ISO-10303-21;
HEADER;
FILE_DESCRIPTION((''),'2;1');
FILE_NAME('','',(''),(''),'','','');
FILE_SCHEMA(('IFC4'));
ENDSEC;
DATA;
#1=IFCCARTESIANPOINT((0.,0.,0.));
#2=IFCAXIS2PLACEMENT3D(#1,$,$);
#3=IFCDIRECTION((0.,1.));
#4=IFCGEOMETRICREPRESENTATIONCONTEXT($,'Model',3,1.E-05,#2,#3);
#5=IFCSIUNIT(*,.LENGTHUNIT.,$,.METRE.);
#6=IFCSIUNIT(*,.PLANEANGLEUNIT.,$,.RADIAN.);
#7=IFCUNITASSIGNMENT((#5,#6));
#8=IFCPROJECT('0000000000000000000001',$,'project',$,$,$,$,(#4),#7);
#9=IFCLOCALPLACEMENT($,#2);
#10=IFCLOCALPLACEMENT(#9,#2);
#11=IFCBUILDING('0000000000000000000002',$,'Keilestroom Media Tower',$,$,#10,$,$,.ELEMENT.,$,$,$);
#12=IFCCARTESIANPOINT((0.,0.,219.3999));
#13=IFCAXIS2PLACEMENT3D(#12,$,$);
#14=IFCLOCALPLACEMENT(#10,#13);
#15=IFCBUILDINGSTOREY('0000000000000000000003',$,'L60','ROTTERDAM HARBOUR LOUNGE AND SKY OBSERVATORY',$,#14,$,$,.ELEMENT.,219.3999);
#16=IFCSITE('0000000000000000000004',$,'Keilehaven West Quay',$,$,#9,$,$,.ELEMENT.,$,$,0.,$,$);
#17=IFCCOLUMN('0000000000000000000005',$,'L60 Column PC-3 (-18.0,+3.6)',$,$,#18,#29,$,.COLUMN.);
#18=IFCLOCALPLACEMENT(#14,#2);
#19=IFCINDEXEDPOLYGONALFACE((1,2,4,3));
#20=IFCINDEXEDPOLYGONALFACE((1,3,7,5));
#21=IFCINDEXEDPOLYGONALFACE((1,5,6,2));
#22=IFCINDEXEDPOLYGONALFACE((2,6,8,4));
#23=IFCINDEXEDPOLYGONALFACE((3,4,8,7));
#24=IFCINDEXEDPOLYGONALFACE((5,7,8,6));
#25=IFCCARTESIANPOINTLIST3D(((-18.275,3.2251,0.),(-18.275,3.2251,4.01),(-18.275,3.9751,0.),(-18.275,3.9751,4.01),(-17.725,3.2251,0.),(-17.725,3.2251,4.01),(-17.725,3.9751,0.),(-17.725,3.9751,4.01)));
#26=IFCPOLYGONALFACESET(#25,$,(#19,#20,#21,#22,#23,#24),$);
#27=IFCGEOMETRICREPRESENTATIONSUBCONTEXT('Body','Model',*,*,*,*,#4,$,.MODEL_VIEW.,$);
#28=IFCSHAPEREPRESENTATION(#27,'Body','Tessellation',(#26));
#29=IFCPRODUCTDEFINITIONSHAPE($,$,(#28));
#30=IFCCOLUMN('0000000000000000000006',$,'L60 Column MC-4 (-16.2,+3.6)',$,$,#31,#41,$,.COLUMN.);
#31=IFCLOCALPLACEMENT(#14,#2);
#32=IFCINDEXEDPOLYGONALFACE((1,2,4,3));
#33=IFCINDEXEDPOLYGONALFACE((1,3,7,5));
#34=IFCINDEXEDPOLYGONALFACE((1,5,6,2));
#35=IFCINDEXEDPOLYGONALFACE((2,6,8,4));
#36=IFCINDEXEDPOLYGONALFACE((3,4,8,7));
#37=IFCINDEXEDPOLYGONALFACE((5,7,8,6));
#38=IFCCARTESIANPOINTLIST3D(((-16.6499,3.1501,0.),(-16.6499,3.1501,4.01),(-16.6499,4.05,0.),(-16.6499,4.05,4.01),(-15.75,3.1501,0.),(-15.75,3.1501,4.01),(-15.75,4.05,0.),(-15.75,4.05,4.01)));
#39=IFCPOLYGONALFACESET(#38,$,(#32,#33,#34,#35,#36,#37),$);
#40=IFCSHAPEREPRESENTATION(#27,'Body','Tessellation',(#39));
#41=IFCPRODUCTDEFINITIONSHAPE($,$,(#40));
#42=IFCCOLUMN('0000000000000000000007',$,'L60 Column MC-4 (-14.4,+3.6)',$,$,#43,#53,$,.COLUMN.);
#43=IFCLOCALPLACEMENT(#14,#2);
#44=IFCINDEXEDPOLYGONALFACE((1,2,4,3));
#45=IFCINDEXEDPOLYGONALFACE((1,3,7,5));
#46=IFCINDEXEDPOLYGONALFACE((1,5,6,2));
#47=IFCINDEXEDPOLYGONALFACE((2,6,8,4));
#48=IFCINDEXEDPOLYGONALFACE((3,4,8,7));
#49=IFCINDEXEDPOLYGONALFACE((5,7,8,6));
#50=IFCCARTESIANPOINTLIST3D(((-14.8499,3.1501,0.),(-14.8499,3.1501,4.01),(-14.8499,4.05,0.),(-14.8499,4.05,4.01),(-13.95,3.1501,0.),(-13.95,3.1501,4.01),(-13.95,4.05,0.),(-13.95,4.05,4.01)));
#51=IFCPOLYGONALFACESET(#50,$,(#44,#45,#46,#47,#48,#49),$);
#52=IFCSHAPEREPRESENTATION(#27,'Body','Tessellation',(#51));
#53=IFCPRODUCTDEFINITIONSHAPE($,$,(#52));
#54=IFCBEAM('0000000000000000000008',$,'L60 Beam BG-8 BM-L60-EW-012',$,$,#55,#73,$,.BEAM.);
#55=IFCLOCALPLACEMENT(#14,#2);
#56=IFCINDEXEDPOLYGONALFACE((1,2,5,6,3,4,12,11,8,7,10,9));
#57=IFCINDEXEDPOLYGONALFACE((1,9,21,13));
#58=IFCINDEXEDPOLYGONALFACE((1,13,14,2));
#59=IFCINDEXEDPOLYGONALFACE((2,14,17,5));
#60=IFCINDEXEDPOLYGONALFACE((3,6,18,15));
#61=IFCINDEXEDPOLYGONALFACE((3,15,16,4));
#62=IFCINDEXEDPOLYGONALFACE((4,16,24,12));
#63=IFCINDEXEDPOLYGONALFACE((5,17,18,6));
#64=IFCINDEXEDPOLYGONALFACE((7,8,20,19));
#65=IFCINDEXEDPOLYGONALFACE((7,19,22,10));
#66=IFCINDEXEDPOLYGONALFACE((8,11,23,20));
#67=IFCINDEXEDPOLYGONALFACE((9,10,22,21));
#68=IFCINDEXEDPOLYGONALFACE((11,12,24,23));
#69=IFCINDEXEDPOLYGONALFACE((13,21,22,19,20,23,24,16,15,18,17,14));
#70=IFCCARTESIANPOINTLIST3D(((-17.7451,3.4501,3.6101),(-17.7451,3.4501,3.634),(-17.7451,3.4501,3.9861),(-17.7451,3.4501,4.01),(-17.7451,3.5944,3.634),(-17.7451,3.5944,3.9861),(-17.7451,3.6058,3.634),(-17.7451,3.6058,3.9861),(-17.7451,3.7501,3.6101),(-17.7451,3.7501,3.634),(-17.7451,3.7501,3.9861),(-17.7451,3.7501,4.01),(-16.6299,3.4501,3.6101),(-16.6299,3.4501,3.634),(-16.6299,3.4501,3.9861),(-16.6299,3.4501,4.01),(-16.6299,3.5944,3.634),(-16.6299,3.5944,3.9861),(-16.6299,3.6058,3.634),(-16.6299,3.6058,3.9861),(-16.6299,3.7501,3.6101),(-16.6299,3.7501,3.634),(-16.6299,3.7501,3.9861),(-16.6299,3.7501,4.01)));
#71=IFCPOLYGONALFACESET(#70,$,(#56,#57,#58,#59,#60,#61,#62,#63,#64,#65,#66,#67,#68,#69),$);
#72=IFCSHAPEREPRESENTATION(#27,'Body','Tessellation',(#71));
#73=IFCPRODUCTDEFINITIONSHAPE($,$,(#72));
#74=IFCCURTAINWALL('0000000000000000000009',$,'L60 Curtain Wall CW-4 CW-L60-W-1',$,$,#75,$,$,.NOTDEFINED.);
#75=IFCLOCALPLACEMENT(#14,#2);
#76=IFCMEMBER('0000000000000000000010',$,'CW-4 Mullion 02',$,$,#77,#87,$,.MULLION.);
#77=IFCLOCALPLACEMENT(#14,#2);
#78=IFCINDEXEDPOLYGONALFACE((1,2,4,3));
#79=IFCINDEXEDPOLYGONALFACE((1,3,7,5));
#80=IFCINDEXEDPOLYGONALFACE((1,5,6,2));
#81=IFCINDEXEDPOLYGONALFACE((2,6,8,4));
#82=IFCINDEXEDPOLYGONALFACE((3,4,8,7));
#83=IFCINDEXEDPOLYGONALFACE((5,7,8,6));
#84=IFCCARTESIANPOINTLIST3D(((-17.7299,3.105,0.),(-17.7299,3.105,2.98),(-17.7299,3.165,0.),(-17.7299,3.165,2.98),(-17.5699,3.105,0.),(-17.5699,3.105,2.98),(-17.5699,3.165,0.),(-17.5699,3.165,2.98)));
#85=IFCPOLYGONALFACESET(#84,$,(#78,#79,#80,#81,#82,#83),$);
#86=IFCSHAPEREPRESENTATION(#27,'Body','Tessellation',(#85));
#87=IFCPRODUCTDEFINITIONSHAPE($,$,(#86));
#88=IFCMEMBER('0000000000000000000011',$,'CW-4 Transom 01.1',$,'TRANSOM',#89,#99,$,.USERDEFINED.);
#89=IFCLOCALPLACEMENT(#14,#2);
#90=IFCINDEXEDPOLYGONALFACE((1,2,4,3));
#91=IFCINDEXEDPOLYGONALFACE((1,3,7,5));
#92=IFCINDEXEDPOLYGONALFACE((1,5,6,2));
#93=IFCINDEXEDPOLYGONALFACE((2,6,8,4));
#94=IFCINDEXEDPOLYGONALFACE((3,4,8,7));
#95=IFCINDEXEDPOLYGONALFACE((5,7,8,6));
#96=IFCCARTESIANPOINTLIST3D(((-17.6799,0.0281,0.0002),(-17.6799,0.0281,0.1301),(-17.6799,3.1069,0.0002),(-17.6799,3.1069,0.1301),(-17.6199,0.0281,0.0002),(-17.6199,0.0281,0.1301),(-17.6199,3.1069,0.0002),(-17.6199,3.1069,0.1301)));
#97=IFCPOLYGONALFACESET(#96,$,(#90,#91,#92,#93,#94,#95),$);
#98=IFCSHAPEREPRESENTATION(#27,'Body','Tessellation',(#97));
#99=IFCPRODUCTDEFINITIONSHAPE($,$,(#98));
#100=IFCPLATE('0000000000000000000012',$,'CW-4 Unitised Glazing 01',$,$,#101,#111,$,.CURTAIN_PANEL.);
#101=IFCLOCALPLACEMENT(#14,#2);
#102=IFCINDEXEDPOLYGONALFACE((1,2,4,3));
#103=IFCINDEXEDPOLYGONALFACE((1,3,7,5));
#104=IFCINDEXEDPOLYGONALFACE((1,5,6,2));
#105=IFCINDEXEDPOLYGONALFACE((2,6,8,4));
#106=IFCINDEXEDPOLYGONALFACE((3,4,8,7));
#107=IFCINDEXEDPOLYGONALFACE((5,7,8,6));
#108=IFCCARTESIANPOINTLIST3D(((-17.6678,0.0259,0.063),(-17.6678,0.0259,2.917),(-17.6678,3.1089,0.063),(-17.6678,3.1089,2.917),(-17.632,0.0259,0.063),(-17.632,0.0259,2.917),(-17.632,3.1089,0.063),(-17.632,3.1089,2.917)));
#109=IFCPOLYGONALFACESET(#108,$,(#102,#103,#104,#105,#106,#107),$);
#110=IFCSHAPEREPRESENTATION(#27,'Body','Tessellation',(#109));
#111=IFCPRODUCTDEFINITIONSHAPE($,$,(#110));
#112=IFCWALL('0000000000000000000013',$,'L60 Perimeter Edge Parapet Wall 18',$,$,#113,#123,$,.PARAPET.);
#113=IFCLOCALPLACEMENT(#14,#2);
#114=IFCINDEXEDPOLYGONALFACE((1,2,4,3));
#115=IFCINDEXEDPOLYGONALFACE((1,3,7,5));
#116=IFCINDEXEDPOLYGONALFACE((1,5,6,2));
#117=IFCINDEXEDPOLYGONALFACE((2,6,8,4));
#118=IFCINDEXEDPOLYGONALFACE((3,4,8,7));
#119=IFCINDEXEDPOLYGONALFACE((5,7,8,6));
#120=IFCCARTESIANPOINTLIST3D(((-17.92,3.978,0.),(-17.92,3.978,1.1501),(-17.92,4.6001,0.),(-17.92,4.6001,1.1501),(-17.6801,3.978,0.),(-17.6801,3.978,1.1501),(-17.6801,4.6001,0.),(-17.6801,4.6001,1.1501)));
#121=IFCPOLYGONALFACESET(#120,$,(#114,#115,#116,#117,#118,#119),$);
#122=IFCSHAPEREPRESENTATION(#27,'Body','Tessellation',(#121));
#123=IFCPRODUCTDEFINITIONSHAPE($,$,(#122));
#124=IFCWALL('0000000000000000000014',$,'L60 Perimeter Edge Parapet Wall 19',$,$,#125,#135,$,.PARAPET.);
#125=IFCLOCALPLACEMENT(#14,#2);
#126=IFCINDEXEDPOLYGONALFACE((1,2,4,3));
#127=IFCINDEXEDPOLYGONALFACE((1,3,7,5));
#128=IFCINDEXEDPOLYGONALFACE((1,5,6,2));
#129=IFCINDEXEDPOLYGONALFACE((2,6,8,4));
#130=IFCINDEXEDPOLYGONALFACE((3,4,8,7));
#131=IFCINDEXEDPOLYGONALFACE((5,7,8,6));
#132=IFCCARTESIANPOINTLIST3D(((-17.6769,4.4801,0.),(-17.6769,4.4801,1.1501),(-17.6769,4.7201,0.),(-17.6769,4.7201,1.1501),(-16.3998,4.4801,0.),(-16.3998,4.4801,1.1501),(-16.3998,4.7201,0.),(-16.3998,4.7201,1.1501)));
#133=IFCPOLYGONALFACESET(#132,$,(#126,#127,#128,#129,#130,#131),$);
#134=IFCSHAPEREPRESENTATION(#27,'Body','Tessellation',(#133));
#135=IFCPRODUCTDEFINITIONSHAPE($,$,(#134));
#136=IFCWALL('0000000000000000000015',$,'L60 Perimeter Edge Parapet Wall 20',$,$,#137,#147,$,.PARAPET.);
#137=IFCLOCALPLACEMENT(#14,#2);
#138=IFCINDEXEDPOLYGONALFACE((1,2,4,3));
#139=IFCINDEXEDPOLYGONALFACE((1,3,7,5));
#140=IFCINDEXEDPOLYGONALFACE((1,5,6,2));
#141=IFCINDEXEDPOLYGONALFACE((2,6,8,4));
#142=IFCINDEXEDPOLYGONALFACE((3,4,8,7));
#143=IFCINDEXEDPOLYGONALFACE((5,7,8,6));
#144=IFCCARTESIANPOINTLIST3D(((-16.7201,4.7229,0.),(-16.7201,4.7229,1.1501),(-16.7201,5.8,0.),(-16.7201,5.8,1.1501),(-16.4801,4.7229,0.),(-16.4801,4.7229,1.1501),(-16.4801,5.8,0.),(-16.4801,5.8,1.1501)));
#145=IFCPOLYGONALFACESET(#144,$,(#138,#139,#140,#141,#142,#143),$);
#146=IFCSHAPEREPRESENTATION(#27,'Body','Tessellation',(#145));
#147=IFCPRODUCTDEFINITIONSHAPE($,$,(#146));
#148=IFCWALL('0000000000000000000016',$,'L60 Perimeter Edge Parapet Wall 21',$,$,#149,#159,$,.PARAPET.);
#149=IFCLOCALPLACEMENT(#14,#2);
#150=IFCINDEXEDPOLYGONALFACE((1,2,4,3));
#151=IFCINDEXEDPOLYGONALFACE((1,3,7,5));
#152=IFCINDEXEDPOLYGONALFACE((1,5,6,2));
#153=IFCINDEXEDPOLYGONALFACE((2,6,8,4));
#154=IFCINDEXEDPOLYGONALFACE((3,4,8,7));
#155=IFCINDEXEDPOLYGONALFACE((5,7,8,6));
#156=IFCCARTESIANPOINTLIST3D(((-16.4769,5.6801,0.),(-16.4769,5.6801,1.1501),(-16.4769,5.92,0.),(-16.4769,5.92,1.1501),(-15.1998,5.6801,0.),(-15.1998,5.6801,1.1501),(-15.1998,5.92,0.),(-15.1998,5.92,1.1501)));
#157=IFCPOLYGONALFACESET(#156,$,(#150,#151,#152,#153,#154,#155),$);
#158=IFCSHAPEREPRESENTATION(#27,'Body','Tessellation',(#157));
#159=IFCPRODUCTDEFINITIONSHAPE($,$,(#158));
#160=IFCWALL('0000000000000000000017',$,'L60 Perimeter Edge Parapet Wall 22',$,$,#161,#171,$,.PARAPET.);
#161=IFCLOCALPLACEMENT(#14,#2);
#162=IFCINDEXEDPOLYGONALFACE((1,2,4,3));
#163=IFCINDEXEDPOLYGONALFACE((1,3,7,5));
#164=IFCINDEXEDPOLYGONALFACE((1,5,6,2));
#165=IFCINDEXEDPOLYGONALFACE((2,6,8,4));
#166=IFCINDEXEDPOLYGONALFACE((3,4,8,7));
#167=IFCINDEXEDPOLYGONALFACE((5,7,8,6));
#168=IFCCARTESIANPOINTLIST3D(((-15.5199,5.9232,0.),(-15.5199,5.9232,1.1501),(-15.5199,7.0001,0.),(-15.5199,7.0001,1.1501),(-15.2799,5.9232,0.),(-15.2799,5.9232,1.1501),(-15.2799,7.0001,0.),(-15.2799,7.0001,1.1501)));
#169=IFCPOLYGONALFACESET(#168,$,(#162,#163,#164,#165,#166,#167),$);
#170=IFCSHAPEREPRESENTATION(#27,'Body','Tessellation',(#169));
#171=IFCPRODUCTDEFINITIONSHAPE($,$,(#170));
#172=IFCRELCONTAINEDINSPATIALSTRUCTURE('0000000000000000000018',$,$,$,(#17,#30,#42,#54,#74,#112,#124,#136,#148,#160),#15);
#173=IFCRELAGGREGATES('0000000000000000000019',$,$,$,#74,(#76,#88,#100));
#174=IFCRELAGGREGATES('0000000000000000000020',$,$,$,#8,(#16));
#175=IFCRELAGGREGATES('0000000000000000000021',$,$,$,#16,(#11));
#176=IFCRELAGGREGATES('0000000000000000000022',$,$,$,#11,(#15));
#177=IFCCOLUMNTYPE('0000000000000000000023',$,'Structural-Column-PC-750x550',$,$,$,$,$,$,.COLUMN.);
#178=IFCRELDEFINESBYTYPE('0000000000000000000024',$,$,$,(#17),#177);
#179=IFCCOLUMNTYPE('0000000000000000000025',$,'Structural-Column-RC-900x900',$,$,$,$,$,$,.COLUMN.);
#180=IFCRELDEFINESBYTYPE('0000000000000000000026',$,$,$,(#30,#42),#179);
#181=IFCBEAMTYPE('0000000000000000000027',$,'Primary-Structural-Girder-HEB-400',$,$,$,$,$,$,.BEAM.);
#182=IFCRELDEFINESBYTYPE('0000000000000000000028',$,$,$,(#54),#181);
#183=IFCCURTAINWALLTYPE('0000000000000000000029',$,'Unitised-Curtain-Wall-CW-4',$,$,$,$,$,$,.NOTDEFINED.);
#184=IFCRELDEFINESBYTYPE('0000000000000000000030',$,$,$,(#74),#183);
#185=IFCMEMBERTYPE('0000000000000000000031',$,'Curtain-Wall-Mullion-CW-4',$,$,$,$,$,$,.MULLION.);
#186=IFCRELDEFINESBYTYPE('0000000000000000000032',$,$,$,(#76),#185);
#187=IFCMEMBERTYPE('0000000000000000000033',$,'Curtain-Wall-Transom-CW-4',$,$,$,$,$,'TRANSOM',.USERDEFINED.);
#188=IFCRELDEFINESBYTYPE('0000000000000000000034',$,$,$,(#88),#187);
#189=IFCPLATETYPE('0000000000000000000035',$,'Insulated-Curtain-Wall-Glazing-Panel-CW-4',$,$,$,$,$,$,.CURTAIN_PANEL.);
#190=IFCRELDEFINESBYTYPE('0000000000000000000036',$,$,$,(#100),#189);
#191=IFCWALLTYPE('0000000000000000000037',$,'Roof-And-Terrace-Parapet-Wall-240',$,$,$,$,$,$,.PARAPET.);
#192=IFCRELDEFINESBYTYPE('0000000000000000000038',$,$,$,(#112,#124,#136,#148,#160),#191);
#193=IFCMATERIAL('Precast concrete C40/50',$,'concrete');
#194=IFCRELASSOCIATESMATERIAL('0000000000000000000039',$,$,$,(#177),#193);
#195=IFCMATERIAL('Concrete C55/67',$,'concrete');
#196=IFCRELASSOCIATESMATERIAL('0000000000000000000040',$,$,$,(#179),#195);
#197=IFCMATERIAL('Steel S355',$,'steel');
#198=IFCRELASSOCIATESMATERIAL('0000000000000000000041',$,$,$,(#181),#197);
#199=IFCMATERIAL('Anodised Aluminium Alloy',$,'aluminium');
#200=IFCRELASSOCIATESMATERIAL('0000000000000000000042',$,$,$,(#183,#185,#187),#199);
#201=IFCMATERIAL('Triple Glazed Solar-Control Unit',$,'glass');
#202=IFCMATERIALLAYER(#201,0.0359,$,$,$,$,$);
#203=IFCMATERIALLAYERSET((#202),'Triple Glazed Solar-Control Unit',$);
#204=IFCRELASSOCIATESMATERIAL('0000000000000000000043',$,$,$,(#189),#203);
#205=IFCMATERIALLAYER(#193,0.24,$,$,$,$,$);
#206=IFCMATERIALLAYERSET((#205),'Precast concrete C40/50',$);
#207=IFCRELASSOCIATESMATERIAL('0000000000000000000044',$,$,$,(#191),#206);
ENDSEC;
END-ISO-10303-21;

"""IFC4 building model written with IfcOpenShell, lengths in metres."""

from ifc_helpers import new_model, si_unit, direction, frame, frame_2d, origin, origin_2d, place, context, subcontext, project, spatial, rectangle, i_section, extrude, source, transform, mapped, material, layer, layer_set, material_profile, profile_set, type_object, element, aggregate, save


model = new_model("IFC4")

# Units and contexts
model_context = context("Model", 3, precision=1e-05, world=origin(), true_north=direction((0.0, 1.0)))
body_context = subcontext(model_context, "Body", "Model", "MODEL_VIEW")
ifc_project = project(units=[si_unit("LENGTHUNIT", "METRE"), si_unit("PLANEANGLEUNIT", "RADIAN")], contexts=[model_context])

# Site, building, storey
site_placement = place(None, origin())
site = spatial("IfcSite", under=ifc_project, at=site_placement, Name="Keilehaven West Quay", CompositionType="ELEMENT", RefElevation=0.0)
building_placement = place(site_placement, origin())
building = spatial("IfcBuilding", under=site, at=building_placement, Name="Keilestroom Media Tower", CompositionType="ELEMENT")
storey_placement = place(building_placement, frame((0.0, 0.0, 219.3999)))
storey = spatial("IfcBuildingStorey", under=building, at=storey_placement, Name="L60", Description="ROTTERDAM HARBOUR LOUNGE AND SKY OBSERVATORY", CompositionType="ELEMENT", Elevation=219.3999)

# Columns
ifc_material_1 = material(Name="Precast concrete C40/50", Category="concrete")
ifc_material_profile_1 = material_profile(ifc_material_1, rectangle(XDim=0.55, YDim=0.75, at=origin_2d()), Name="PC 750x550")
ifc_profile_set_1 = profile_set([ifc_material_profile_1], Name="Precast concrete C40/50")
column_type_1 = type_object("IfcColumnType", Name="Structural-Column-PC-750x550", PredefinedType="COLUMN", material=ifc_profile_set_1)
shared_shape_1 = source(origin(), body_context, "Body", "SweptSolid", [
    extrude(rectangle(XDim=0.55, YDim=0.75, at=origin_2d()), origin(), (0.0, 0.0, 1.0), 4.01),
])
column_placement = place(storey_placement, frame((-18.0, 3.6001, 0.0), z_axis=(0.0, 0.0, 1.0), x_axis=(1.0, 0.0, 0.0)))
element("IfcColumn", 1, at=column_placement, inside=storey, type_object=column_type_1, Name="L60 Column PC-3 (-18.0,+3.6)", PredefinedType="COLUMN", context=body_context, shape_type="MappedRepresentation", body=[
    mapped(shared_shape_1, transform((0.0, 0.0, 0.0), x_axis=(1.0, 0.0, 0.0), y_axis=(0.0, 1.0, 0.0), z_axis=(0.0, 0.0, 1.0), scale=1.0)),
])
ifc_material_2 = material(Name="Concrete C55/67", Category="concrete")
ifc_material_profile_2 = material_profile(ifc_material_2, rectangle(XDim=0.8999, YDim=0.8999, at=origin_2d()), Name="RC 900x900")
ifc_profile_set_2 = profile_set([ifc_material_profile_2], Name="Concrete C55/67")
column_type_2 = type_object("IfcColumnType", Name="Structural-Column-RC-900x900", PredefinedType="COLUMN", material=ifc_profile_set_2)
shared_shape_2 = source(origin(), body_context, "Body", "SweptSolid", [
    extrude(rectangle(XDim=0.8999, YDim=0.8999, at=origin_2d()), origin(), (0.0, 0.0, 1.0), 4.01),
])
for number, where, z_axis, x_axis, name in (
    (2, (-16.2, 3.6001, 0.0), (0.0, 0.0, 1.0), (1.0, 0.0, 0.0), "L60 Column MC-4 (-16.2,+3.6)"),
    (3, (-14.3999, 3.6001, 0.0), (0.0, 0.0, 1.0), (1.0, 0.0, 0.0), "L60 Column MC-4 (-14.4,+3.6)"),
):
    element("IfcColumn", number, at=place(storey_placement, frame(where, z_axis=z_axis, x_axis=x_axis)), inside=storey, type_object=column_type_2, Name=name, PredefinedType="COLUMN", context=body_context, shape_type="MappedRepresentation", body=[
        mapped(shared_shape_2, transform((0.0, 0.0, 0.0), x_axis=(1.0, 0.0, 0.0), y_axis=(0.0, 1.0, 0.0), z_axis=(0.0, 0.0, 1.0), scale=1.0)),
    ])

# Beam
ifc_material_3 = material(Name="Steel S355", Category="steel")
ifc_material_profile_3 = material_profile(ifc_material_3, i_section(OverallWidth=0.3, OverallDepth=0.3999, WebThickness=0.0115, FlangeThickness=0.0239, at=origin_2d()), Name="HEB 400")
ifc_profile_set_3 = profile_set([ifc_material_profile_3], Name="Steel S355")
beam_type = type_object("IfcBeamType", Name="Primary-Structural-Girder-HEB-400", PredefinedType="BEAM", material=ifc_profile_set_3)
shared_shape_3 = source(origin(), body_context, "Body", "SweptSolid", [
    extrude(i_section(OverallWidth=0.3, OverallDepth=0.3999, WebThickness=0.0115, FlangeThickness=0.0239, at=origin_2d()), origin(), (0.0, 0.0, 1.0), 1.1152),
])
beam_placement = place(storey_placement, frame((-17.7451, 3.6001, 3.8101), z_axis=(1.0, 0.0, 0.0), x_axis=(0.0, 1.0, 0.0)))
element("IfcBeam", 4, at=beam_placement, inside=storey, type_object=beam_type, Name="L60 Beam BG-8 BM-L60-EW-012", PredefinedType="BEAM", context=body_context, shape_type="MappedRepresentation", body=[
    mapped(shared_shape_3, transform((0.0, 0.0, 0.0), x_axis=(1.0, 0.0, 0.0), y_axis=(0.0, 1.0, 0.0), z_axis=(0.0, 0.0, 1.0), scale=1.0)),
])

# Curtain wall, members, plate
ifc_material_4 = material(Name="Anodised Aluminium Alloy", Category="aluminium")
curtain_wall_type = type_object("IfcCurtainWallType", Name="Unitised-Curtain-Wall-CW-4", PredefinedType="NOTDEFINED", material=ifc_material_4)
curtain_wall_placement = place(storey_placement, origin())
curtain_wall = element("IfcCurtainWall", 5, at=curtain_wall_placement, inside=storey, type_object=curtain_wall_type, Name="L60 Curtain Wall CW-4 CW-L60-W-1", PredefinedType="NOTDEFINED")
ifc_material_profile_4 = material_profile(ifc_material_4, rectangle(XDim=0.0601, YDim=0.1599, at=origin_2d()), Name="ALU MULLION 60x160")
ifc_profile_set_4 = profile_set([ifc_material_profile_4], Name="Anodised Aluminium Alloy")
member_type_1 = type_object("IfcMemberType", Name="Curtain-Wall-Mullion-CW-4", PredefinedType="MULLION", material=ifc_profile_set_4)
shared_shape_4 = source(origin(), body_context, "Body", "SweptSolid", [
    extrude(rectangle(XDim=0.0601, YDim=0.1599, at=origin_2d()), origin(), (0.0, 0.0, 1.0), 2.98),
])
member_1_placement = place(storey_placement, frame((-17.6499, 3.135, 0.0), z_axis=(0.0, 0.0, 1.0), x_axis=(0.0, 1.0, 0.0)))
member_1 = element("IfcMember", 6, at=member_1_placement, type_object=member_type_1, Name="CW-4 Mullion 02", PredefinedType="MULLION", context=body_context, shape_type="MappedRepresentation", body=[
    mapped(shared_shape_4, transform((0.0, 0.0, 0.0), x_axis=(1.0, 0.0, 0.0), y_axis=(0.0, 1.0, 0.0), z_axis=(0.0, 0.0, 1.0), scale=1.0)),
])
ifc_material_profile_5 = material_profile(ifc_material_4, rectangle(XDim=0.0601, YDim=0.1299, at=origin_2d()), Name="ALU TRANSOM 60x130")
ifc_profile_set_5 = profile_set([ifc_material_profile_5], Name="Anodised Aluminium Alloy")
member_type_2 = type_object("IfcMemberType", Name="Curtain-Wall-Transom-CW-4", ElementType="TRANSOM", PredefinedType="USERDEFINED", material=ifc_profile_set_5)
shared_shape_5 = source(origin(), body_context, "Body", "SweptSolid", [
    extrude(rectangle(XDim=0.0601, YDim=0.1299, at=origin_2d()), origin(), (0.0, 0.0, 1.0), 3.0789),
])
member_2_placement = place(storey_placement, frame((-17.6499, 0.0281, 0.0652), z_axis=(0.0, 1.0, 0.0), x_axis=(-1.0, 0.0, 0.0)))
member_2 = element("IfcMember", 7, at=member_2_placement, type_object=member_type_2, Name="CW-4 Transom 01.1", ObjectType="TRANSOM", PredefinedType="USERDEFINED", context=body_context, shape_type="MappedRepresentation", body=[
    mapped(shared_shape_5, transform((0.0, 0.0, 0.0), x_axis=(1.0, 0.0, 0.0), y_axis=(0.0, 1.0, 0.0), z_axis=(0.0, 0.0, 1.0), scale=1.0)),
])
ifc_material_5 = material(Name="Triple Glazed Solar-Control Unit", Category="glass")
ifc_layer_1 = layer(ifc_material_5, 0.0359)
ifc_layer_set_1 = layer_set([ifc_layer_1], Name="Triple Glazed Solar-Control Unit")
plate_type = type_object("IfcPlateType", Name="Insulated-Curtain-Wall-Glazing-Panel-CW-4", PredefinedType="CURTAIN_PANEL", material=ifc_layer_set_1)
shared_shape_6 = source(origin(), body_context, "Body", "SweptSolid", [
    extrude(rectangle(XDim=3.083, YDim=0.0359, at=origin_2d()), origin(), (0.0, 0.0, 1.0), 2.854),
])
plate_placement = place(storey_placement, frame((-17.6499, 1.5674, 0.063), z_axis=(0.0, 0.0, 1.0), x_axis=(0.0, 1.0, 0.0)))
plate = element("IfcPlate", 8, at=plate_placement, type_object=plate_type, Name="CW-4 Unitised Glazing 01", PredefinedType="CURTAIN_PANEL", context=body_context, shape_type="MappedRepresentation", body=[
    mapped(shared_shape_6, transform((0.0, 0.0, 0.0), x_axis=(1.0, 0.0, 0.0), y_axis=(0.0, 1.0, 0.0), z_axis=(0.0, 0.0, 1.0), scale=1.0)),
])
aggregate(curtain_wall, [member_1, member_2, plate])

# Walls
ifc_layer_2 = layer(ifc_material_1, 0.24)
ifc_layer_set_2 = layer_set([ifc_layer_2], Name="Precast concrete C40/50")
wall_type = type_object("IfcWallType", Name="Roof-And-Terrace-Parapet-Wall-240", PredefinedType="PARAPET", material=ifc_layer_set_2)
wall_1_placement = place(storey_placement, frame((-17.8, 3.978, 0.0), z_axis=(0.0, 0.0, 1.0), x_axis=(0.0, 1.0, 0.0)))
element("IfcWall", 9, at=wall_1_placement, inside=storey, type_object=wall_type, Name="L60 Perimeter Edge Parapet Wall 18", PredefinedType="PARAPET", context=body_context, shape_type="SweptSolid", body=[
    extrude(rectangle(XDim=0.6221, YDim=0.24, at=frame_2d((0.311, 0.0))), origin(), (0.0, 0.0, 1.0), 1.1501),
])
wall_2_placement = place(storey_placement, frame((-17.677, 4.6001, 0.0), z_axis=(0.0, 0.0, 1.0), x_axis=(1.0, 0.0, 0.0)))
element("IfcWall", 10, at=wall_2_placement, inside=storey, type_object=wall_type, Name="L60 Perimeter Edge Parapet Wall 19", PredefinedType="PARAPET", context=body_context, shape_type="SweptSolid", body=[
    extrude(rectangle(XDim=1.2771, YDim=0.24, at=frame_2d((0.6387, 0.0))), origin(), (0.0, 0.0, 1.0), 1.1501),
])
wall_3_placement = place(storey_placement, frame((-16.6001, 4.7229, 0.0), z_axis=(0.0, 0.0, 1.0), x_axis=(0.0, 1.0, 0.0)))
element("IfcWall", 11, at=wall_3_placement, inside=storey, type_object=wall_type, Name="L60 Perimeter Edge Parapet Wall 20", PredefinedType="PARAPET", context=body_context, shape_type="SweptSolid", body=[
    extrude(rectangle(XDim=1.0771, YDim=0.24, at=frame_2d((0.5386, 0.0))), origin(), (0.0, 0.0, 1.0), 1.1501),
])
wall_4_placement = place(storey_placement, frame((-16.4771, 5.8, 0.0), z_axis=(0.0, 0.0, 1.0), x_axis=(1.0, 0.0, 0.0)))
element("IfcWall", 12, at=wall_4_placement, inside=storey, type_object=wall_type, Name="L60 Perimeter Edge Parapet Wall 21", PredefinedType="PARAPET", context=body_context, shape_type="SweptSolid", body=[
    extrude(rectangle(XDim=1.2771, YDim=0.24, at=frame_2d((0.6387, 0.0))), origin(), (0.0, 0.0, 1.0), 1.1501),
])
wall_5_placement = place(storey_placement, frame((-15.3999, 5.9231, 0.0), z_axis=(0.0, 0.0, 1.0), x_axis=(0.0, 1.0, 0.0)))
element("IfcWall", 13, at=wall_5_placement, inside=storey, type_object=wall_type, Name="L60 Perimeter Edge Parapet Wall 22", PredefinedType="PARAPET", context=body_context, shape_type="SweptSolid", body=[
    extrude(rectangle(XDim=1.0769, YDim=0.24, at=frame_2d((0.5386, 0.0))), origin(), (0.0, 0.0, 1.0), 1.1501),
])

save(model, "model.ifc")
